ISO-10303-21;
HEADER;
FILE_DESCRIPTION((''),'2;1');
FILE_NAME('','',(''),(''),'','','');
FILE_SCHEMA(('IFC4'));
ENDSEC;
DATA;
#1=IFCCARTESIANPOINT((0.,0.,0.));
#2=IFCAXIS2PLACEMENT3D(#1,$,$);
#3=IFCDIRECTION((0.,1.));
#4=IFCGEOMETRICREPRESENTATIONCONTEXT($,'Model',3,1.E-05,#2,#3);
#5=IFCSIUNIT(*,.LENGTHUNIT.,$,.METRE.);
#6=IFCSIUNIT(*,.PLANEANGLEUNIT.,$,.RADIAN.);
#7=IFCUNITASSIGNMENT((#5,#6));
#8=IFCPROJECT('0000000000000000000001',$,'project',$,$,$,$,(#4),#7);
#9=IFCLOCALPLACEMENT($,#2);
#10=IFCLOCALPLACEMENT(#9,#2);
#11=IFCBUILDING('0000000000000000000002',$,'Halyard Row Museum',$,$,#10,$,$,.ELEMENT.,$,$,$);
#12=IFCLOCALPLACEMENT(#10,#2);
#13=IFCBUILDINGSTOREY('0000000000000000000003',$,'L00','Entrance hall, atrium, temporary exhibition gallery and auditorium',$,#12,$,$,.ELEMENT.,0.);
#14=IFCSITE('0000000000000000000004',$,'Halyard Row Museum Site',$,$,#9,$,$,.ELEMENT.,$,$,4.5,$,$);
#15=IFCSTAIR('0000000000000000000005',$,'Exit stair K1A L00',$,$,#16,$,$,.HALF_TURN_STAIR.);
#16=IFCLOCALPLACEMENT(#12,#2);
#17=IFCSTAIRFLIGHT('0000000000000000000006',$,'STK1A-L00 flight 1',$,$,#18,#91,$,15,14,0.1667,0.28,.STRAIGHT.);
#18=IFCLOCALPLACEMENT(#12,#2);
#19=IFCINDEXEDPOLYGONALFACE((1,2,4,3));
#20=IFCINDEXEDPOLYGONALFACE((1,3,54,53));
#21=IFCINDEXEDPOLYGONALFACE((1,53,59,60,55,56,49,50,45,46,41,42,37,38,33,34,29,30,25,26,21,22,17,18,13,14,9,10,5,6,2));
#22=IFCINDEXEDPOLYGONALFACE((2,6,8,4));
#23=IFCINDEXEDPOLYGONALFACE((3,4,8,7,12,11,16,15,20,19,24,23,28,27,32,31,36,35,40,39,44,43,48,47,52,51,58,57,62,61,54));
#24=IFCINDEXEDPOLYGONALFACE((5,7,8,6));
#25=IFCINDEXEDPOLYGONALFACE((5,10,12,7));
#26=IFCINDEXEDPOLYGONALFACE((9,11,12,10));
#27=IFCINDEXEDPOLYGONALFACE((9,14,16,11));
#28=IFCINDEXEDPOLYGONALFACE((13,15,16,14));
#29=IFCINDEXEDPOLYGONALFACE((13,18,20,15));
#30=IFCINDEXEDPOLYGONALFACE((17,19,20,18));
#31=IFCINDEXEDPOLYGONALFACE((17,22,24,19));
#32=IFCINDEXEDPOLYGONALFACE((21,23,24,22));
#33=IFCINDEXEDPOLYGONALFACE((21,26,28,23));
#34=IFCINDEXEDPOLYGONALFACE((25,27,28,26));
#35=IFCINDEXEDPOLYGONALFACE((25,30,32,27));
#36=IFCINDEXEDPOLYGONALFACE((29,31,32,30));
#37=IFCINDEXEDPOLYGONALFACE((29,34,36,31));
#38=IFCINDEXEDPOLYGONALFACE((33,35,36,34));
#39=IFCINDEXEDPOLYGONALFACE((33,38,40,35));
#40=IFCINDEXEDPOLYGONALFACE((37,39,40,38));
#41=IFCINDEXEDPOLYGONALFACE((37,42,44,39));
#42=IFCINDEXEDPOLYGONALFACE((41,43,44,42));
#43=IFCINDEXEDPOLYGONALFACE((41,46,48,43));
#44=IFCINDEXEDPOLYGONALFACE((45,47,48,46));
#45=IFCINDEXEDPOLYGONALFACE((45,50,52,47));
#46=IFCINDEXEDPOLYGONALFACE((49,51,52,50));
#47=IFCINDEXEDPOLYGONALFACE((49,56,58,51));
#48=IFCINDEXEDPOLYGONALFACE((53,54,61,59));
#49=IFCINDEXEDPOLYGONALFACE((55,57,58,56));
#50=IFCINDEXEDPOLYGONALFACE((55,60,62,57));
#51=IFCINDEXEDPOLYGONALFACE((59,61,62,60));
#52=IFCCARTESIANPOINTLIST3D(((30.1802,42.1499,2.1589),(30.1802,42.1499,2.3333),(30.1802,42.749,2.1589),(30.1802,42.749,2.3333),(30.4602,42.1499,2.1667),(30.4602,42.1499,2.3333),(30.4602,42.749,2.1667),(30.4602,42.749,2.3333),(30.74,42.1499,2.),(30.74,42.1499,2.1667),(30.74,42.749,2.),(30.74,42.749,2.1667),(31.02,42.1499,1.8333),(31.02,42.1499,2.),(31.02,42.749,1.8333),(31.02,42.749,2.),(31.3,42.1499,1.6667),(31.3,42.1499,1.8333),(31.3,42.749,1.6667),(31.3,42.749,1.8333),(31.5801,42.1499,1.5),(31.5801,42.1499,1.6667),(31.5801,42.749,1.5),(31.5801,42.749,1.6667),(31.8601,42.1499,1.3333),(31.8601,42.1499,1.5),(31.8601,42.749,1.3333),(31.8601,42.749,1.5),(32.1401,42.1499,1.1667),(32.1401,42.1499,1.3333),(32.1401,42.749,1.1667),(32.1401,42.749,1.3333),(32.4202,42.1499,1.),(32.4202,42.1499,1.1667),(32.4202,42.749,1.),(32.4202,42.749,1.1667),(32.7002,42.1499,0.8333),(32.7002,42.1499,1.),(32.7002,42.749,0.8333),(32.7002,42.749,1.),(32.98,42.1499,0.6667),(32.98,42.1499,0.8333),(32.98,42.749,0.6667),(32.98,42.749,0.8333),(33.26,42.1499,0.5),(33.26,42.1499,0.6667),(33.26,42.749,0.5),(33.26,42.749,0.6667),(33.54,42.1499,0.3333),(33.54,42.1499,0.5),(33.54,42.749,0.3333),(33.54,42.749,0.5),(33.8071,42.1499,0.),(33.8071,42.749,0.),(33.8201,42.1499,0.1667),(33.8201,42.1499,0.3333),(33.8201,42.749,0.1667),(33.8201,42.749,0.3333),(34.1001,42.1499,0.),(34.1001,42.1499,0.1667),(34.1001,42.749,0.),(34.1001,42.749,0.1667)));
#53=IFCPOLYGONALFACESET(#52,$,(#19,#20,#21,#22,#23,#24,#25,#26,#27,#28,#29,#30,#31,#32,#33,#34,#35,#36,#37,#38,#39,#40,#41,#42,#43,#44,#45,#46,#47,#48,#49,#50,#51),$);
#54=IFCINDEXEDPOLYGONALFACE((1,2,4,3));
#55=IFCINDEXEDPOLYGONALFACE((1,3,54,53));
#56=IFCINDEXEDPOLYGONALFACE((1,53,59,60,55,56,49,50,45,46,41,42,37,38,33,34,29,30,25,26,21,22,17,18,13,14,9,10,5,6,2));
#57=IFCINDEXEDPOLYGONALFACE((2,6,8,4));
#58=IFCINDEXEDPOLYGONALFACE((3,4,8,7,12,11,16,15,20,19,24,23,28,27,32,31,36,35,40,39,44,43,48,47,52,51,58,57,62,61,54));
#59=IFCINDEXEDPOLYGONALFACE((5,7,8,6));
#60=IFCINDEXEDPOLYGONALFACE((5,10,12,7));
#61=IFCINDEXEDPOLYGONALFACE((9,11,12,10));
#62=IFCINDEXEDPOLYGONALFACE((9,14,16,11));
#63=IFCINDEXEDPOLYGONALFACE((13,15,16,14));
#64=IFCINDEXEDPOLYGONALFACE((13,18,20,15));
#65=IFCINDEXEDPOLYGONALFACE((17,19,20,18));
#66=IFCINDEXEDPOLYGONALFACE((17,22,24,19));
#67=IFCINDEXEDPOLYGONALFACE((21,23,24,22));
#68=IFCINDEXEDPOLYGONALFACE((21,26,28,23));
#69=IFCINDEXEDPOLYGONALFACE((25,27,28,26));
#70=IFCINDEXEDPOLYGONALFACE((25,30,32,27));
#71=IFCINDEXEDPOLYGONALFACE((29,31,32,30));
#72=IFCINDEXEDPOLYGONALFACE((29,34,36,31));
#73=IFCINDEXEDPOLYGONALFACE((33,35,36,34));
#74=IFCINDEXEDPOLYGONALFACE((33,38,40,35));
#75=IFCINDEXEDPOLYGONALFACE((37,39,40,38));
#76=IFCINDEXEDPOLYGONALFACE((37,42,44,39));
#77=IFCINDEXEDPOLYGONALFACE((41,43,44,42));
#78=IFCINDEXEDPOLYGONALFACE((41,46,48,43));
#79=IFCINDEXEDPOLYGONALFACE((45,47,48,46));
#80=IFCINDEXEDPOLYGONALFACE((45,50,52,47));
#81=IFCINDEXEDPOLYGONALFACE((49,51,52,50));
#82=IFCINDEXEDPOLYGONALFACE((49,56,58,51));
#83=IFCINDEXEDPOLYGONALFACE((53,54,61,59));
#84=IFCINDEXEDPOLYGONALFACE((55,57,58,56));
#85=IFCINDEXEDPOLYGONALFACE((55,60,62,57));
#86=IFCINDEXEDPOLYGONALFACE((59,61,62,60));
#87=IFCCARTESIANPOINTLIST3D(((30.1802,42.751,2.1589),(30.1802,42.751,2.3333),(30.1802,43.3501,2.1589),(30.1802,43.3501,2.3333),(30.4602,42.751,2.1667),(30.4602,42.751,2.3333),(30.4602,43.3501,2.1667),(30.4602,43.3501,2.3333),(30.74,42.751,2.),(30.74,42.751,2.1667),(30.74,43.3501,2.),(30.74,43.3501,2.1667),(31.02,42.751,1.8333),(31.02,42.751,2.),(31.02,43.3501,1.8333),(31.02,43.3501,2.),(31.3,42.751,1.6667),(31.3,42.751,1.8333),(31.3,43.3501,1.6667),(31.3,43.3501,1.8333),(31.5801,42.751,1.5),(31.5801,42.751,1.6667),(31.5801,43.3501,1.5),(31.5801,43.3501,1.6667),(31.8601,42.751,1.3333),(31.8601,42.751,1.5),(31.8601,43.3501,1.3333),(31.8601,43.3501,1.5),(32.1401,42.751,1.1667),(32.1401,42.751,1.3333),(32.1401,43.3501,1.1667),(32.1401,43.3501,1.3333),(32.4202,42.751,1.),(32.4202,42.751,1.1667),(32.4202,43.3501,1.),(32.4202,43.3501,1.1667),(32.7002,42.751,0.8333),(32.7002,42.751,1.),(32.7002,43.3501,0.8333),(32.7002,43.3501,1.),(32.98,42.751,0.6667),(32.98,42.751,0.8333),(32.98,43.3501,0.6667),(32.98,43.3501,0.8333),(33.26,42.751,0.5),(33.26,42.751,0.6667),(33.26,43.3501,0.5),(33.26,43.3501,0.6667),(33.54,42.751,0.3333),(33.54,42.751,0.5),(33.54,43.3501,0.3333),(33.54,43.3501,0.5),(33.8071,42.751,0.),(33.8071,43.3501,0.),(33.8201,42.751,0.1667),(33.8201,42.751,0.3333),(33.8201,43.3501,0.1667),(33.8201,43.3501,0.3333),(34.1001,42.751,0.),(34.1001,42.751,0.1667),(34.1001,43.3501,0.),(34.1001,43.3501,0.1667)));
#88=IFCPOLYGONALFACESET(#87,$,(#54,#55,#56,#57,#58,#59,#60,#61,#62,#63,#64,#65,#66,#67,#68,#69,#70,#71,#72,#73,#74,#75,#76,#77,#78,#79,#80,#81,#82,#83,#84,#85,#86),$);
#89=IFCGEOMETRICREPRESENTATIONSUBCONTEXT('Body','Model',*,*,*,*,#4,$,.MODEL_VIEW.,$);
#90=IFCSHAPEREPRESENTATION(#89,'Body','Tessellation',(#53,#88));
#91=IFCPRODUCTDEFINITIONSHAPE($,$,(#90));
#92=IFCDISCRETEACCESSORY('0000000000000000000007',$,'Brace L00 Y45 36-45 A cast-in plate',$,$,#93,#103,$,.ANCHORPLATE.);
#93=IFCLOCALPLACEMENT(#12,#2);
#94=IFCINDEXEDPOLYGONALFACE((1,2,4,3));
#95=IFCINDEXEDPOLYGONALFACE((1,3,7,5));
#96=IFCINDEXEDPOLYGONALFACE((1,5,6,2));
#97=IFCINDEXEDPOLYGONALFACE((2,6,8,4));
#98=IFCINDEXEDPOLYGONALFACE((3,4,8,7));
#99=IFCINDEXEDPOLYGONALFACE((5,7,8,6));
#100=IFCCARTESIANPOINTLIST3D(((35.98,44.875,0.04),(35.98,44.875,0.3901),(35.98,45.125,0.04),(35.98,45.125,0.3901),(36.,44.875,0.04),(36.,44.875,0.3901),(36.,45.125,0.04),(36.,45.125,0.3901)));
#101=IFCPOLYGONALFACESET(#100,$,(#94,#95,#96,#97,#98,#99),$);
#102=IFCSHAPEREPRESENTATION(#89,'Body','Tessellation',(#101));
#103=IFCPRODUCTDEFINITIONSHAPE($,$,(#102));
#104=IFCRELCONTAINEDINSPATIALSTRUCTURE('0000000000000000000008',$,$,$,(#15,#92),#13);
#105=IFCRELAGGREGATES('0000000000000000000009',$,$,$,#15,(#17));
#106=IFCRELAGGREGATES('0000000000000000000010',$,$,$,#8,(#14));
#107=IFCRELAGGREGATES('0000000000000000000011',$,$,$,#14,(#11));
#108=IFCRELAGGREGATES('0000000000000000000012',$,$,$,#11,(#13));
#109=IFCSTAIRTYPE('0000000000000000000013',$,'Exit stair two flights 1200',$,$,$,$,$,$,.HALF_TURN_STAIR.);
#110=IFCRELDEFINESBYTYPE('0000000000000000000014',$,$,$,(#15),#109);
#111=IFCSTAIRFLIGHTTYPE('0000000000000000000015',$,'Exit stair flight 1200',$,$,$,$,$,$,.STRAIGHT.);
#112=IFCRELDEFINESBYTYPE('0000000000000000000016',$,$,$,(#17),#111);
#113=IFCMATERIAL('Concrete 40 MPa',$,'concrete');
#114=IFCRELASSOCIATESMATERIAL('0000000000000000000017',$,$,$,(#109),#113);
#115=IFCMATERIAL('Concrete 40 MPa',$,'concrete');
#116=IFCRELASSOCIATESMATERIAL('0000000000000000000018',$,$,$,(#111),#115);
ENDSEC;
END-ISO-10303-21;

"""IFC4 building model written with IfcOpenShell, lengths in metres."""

from ifc_helpers import new_model, si_unit, direction, frame, origin, origin_2d, place, context, subcontext, project, spatial, polyline, rectangle, outline, extrude, material, type_object, element, aggregate, save


model = new_model("IFC4")

# Units and contexts
model_context = context("Model", 3, precision=1e-05, world=origin(), true_north=direction((0.0, 1.0)))
body_context = subcontext(model_context, "Body", "Model", "MODEL_VIEW")
ifc_project = project(units=[si_unit("LENGTHUNIT", "METRE"), si_unit("PLANEANGLEUNIT", "RADIAN")], contexts=[model_context])

# Site, building, storey
site_placement = place(None, origin())
site = spatial("IfcSite", under=ifc_project, at=site_placement, Name="Halyard Row Museum Site", CompositionType="ELEMENT", RefElevation=4.5)
building_placement = place(site_placement, origin())
building = spatial("IfcBuilding", under=site, at=building_placement, Name="Halyard Row Museum", CompositionType="ELEMENT")
storey_placement = place(building_placement, origin())
storey = spatial("IfcBuildingStorey", under=building, at=storey_placement, Name="L00", Description="Entrance hall, atrium, temporary exhibition gallery and auditorium", CompositionType="ELEMENT", Elevation=0.0)

# Stair, stair flight
ifc_material_1 = material(Name="Concrete 40 MPa", Category="concrete")
stair_type = type_object("IfcStairType", Name="Exit stair two flights 1200", PredefinedType="HALF_TURN_STAIR", material=ifc_material_1)
stair_placement = place(storey_placement, origin())
stair = element("IfcStair", 1, at=stair_placement, inside=storey, type_object=stair_type, Name="Exit stair K1A L00", PredefinedType="HALF_TURN_STAIR")
ifc_material_2 = material(Name="Concrete 40 MPa", Category="concrete")
stair_flight_type = type_object("IfcStairFlightType", Name="Exit stair flight 1200", PredefinedType="STRAIGHT", material=ifc_material_2)
stair_flight_placement = place(storey_placement, frame((34.1001, 42.75, 0.0), z_axis=(0.0, 0.0, 1.0), x_axis=(-1.0, 0.0, 0.0)))
stair_flight = element("IfcStairFlight", 2, at=stair_flight_placement, type_object=stair_flight_type, Name="STK1A-L00 flight 1", NumberOfRisers=15, NumberOfTreads=14, PredefinedType="STRAIGHT", RiserHeight=0.1667, TreadLength=0.28, context=body_context, shape_type="SweptSolid", body=[
    extrude(outline(polyline([(0.0, 0.0), (0.0, 0.1667), (0.28, 0.1667), (0.28, 0.3333), (0.5601, 0.3333), (0.5601, 0.5), (0.8401, 0.5), (0.8401, 0.6667), (1.1201, 0.6667), (1.1201, 0.8333), (1.3999, 0.8333), (1.3999, 1.0), (1.6799, 1.0), (1.6799, 1.1667), (1.96, 1.1667), (1.96, 1.3333), (2.24, 1.3333), (2.24, 1.5), (2.52, 1.5), (2.52, 1.6667), (2.8, 1.6667), (2.8, 1.8333), (3.0801, 1.8333), (3.0801, 2.0), (3.3601, 2.0), (3.3601, 2.1667), (3.6399, 2.1667), (3.6399, 2.3333), (3.9199, 2.3333), (3.9199, 2.5), (3.9199, 2.1589), (0.293, 0.0), (0.0, 0.0)])), frame((0.0, 0.6001, 0.0), z_axis=(0.0, -1.0, 0.0), x_axis=(1.0, 0.0, 0.0)), (0.0, 0.0, 1.0), 0.5991),
    extrude(outline(polyline([(0.0, 0.0), (0.0, 0.1667), (0.28, 0.1667), (0.28, 0.3333), (0.5601, 0.3333), (0.5601, 0.5), (0.8401, 0.5), (0.8401, 0.6667), (1.1201, 0.6667), (1.1201, 0.8333), (1.3999, 0.8333), (1.3999, 1.0), (1.6799, 1.0), (1.6799, 1.1667), (1.96, 1.1667), (1.96, 1.3333), (2.24, 1.3333), (2.24, 1.5), (2.52, 1.5), (2.52, 1.6667), (2.8, 1.6667), (2.8, 1.8333), (3.0801, 1.8333), (3.0801, 2.0), (3.3601, 2.0), (3.3601, 2.1667), (3.6399, 2.1667), (3.6399, 2.3333), (3.9199, 2.3333), (3.9199, 2.5), (3.9199, 2.1589), (0.293, 0.0), (0.0, 0.0)])), frame((0.0, -0.001, 0.0), z_axis=(0.0, -1.0, 0.0), x_axis=(1.0, 0.0, 0.0)), (0.0, 0.0, 1.0), 0.5991),
])
aggregate(stair, [stair_flight])

# Discrete accessory
discrete_accessory_placement = place(storey_placement, frame((36.0, 45.0, 0.2151), z_axis=(-1.0, 0.0, 0.0), x_axis=(0.0, -1.0, 0.0)))
element("IfcDiscreteAccessory", 3, at=discrete_accessory_placement, inside=storey, Name="Brace L00 Y45 36-45 A cast-in plate", PredefinedType="ANCHORPLATE", context=body_context, shape_type="SweptSolid", body=[
    extrude(rectangle(XDim=0.25, YDim=0.3501, at=origin_2d()), origin(), (0.0, 0.0, 1.0), 0.02),
])

save(model, "model.ifc")
